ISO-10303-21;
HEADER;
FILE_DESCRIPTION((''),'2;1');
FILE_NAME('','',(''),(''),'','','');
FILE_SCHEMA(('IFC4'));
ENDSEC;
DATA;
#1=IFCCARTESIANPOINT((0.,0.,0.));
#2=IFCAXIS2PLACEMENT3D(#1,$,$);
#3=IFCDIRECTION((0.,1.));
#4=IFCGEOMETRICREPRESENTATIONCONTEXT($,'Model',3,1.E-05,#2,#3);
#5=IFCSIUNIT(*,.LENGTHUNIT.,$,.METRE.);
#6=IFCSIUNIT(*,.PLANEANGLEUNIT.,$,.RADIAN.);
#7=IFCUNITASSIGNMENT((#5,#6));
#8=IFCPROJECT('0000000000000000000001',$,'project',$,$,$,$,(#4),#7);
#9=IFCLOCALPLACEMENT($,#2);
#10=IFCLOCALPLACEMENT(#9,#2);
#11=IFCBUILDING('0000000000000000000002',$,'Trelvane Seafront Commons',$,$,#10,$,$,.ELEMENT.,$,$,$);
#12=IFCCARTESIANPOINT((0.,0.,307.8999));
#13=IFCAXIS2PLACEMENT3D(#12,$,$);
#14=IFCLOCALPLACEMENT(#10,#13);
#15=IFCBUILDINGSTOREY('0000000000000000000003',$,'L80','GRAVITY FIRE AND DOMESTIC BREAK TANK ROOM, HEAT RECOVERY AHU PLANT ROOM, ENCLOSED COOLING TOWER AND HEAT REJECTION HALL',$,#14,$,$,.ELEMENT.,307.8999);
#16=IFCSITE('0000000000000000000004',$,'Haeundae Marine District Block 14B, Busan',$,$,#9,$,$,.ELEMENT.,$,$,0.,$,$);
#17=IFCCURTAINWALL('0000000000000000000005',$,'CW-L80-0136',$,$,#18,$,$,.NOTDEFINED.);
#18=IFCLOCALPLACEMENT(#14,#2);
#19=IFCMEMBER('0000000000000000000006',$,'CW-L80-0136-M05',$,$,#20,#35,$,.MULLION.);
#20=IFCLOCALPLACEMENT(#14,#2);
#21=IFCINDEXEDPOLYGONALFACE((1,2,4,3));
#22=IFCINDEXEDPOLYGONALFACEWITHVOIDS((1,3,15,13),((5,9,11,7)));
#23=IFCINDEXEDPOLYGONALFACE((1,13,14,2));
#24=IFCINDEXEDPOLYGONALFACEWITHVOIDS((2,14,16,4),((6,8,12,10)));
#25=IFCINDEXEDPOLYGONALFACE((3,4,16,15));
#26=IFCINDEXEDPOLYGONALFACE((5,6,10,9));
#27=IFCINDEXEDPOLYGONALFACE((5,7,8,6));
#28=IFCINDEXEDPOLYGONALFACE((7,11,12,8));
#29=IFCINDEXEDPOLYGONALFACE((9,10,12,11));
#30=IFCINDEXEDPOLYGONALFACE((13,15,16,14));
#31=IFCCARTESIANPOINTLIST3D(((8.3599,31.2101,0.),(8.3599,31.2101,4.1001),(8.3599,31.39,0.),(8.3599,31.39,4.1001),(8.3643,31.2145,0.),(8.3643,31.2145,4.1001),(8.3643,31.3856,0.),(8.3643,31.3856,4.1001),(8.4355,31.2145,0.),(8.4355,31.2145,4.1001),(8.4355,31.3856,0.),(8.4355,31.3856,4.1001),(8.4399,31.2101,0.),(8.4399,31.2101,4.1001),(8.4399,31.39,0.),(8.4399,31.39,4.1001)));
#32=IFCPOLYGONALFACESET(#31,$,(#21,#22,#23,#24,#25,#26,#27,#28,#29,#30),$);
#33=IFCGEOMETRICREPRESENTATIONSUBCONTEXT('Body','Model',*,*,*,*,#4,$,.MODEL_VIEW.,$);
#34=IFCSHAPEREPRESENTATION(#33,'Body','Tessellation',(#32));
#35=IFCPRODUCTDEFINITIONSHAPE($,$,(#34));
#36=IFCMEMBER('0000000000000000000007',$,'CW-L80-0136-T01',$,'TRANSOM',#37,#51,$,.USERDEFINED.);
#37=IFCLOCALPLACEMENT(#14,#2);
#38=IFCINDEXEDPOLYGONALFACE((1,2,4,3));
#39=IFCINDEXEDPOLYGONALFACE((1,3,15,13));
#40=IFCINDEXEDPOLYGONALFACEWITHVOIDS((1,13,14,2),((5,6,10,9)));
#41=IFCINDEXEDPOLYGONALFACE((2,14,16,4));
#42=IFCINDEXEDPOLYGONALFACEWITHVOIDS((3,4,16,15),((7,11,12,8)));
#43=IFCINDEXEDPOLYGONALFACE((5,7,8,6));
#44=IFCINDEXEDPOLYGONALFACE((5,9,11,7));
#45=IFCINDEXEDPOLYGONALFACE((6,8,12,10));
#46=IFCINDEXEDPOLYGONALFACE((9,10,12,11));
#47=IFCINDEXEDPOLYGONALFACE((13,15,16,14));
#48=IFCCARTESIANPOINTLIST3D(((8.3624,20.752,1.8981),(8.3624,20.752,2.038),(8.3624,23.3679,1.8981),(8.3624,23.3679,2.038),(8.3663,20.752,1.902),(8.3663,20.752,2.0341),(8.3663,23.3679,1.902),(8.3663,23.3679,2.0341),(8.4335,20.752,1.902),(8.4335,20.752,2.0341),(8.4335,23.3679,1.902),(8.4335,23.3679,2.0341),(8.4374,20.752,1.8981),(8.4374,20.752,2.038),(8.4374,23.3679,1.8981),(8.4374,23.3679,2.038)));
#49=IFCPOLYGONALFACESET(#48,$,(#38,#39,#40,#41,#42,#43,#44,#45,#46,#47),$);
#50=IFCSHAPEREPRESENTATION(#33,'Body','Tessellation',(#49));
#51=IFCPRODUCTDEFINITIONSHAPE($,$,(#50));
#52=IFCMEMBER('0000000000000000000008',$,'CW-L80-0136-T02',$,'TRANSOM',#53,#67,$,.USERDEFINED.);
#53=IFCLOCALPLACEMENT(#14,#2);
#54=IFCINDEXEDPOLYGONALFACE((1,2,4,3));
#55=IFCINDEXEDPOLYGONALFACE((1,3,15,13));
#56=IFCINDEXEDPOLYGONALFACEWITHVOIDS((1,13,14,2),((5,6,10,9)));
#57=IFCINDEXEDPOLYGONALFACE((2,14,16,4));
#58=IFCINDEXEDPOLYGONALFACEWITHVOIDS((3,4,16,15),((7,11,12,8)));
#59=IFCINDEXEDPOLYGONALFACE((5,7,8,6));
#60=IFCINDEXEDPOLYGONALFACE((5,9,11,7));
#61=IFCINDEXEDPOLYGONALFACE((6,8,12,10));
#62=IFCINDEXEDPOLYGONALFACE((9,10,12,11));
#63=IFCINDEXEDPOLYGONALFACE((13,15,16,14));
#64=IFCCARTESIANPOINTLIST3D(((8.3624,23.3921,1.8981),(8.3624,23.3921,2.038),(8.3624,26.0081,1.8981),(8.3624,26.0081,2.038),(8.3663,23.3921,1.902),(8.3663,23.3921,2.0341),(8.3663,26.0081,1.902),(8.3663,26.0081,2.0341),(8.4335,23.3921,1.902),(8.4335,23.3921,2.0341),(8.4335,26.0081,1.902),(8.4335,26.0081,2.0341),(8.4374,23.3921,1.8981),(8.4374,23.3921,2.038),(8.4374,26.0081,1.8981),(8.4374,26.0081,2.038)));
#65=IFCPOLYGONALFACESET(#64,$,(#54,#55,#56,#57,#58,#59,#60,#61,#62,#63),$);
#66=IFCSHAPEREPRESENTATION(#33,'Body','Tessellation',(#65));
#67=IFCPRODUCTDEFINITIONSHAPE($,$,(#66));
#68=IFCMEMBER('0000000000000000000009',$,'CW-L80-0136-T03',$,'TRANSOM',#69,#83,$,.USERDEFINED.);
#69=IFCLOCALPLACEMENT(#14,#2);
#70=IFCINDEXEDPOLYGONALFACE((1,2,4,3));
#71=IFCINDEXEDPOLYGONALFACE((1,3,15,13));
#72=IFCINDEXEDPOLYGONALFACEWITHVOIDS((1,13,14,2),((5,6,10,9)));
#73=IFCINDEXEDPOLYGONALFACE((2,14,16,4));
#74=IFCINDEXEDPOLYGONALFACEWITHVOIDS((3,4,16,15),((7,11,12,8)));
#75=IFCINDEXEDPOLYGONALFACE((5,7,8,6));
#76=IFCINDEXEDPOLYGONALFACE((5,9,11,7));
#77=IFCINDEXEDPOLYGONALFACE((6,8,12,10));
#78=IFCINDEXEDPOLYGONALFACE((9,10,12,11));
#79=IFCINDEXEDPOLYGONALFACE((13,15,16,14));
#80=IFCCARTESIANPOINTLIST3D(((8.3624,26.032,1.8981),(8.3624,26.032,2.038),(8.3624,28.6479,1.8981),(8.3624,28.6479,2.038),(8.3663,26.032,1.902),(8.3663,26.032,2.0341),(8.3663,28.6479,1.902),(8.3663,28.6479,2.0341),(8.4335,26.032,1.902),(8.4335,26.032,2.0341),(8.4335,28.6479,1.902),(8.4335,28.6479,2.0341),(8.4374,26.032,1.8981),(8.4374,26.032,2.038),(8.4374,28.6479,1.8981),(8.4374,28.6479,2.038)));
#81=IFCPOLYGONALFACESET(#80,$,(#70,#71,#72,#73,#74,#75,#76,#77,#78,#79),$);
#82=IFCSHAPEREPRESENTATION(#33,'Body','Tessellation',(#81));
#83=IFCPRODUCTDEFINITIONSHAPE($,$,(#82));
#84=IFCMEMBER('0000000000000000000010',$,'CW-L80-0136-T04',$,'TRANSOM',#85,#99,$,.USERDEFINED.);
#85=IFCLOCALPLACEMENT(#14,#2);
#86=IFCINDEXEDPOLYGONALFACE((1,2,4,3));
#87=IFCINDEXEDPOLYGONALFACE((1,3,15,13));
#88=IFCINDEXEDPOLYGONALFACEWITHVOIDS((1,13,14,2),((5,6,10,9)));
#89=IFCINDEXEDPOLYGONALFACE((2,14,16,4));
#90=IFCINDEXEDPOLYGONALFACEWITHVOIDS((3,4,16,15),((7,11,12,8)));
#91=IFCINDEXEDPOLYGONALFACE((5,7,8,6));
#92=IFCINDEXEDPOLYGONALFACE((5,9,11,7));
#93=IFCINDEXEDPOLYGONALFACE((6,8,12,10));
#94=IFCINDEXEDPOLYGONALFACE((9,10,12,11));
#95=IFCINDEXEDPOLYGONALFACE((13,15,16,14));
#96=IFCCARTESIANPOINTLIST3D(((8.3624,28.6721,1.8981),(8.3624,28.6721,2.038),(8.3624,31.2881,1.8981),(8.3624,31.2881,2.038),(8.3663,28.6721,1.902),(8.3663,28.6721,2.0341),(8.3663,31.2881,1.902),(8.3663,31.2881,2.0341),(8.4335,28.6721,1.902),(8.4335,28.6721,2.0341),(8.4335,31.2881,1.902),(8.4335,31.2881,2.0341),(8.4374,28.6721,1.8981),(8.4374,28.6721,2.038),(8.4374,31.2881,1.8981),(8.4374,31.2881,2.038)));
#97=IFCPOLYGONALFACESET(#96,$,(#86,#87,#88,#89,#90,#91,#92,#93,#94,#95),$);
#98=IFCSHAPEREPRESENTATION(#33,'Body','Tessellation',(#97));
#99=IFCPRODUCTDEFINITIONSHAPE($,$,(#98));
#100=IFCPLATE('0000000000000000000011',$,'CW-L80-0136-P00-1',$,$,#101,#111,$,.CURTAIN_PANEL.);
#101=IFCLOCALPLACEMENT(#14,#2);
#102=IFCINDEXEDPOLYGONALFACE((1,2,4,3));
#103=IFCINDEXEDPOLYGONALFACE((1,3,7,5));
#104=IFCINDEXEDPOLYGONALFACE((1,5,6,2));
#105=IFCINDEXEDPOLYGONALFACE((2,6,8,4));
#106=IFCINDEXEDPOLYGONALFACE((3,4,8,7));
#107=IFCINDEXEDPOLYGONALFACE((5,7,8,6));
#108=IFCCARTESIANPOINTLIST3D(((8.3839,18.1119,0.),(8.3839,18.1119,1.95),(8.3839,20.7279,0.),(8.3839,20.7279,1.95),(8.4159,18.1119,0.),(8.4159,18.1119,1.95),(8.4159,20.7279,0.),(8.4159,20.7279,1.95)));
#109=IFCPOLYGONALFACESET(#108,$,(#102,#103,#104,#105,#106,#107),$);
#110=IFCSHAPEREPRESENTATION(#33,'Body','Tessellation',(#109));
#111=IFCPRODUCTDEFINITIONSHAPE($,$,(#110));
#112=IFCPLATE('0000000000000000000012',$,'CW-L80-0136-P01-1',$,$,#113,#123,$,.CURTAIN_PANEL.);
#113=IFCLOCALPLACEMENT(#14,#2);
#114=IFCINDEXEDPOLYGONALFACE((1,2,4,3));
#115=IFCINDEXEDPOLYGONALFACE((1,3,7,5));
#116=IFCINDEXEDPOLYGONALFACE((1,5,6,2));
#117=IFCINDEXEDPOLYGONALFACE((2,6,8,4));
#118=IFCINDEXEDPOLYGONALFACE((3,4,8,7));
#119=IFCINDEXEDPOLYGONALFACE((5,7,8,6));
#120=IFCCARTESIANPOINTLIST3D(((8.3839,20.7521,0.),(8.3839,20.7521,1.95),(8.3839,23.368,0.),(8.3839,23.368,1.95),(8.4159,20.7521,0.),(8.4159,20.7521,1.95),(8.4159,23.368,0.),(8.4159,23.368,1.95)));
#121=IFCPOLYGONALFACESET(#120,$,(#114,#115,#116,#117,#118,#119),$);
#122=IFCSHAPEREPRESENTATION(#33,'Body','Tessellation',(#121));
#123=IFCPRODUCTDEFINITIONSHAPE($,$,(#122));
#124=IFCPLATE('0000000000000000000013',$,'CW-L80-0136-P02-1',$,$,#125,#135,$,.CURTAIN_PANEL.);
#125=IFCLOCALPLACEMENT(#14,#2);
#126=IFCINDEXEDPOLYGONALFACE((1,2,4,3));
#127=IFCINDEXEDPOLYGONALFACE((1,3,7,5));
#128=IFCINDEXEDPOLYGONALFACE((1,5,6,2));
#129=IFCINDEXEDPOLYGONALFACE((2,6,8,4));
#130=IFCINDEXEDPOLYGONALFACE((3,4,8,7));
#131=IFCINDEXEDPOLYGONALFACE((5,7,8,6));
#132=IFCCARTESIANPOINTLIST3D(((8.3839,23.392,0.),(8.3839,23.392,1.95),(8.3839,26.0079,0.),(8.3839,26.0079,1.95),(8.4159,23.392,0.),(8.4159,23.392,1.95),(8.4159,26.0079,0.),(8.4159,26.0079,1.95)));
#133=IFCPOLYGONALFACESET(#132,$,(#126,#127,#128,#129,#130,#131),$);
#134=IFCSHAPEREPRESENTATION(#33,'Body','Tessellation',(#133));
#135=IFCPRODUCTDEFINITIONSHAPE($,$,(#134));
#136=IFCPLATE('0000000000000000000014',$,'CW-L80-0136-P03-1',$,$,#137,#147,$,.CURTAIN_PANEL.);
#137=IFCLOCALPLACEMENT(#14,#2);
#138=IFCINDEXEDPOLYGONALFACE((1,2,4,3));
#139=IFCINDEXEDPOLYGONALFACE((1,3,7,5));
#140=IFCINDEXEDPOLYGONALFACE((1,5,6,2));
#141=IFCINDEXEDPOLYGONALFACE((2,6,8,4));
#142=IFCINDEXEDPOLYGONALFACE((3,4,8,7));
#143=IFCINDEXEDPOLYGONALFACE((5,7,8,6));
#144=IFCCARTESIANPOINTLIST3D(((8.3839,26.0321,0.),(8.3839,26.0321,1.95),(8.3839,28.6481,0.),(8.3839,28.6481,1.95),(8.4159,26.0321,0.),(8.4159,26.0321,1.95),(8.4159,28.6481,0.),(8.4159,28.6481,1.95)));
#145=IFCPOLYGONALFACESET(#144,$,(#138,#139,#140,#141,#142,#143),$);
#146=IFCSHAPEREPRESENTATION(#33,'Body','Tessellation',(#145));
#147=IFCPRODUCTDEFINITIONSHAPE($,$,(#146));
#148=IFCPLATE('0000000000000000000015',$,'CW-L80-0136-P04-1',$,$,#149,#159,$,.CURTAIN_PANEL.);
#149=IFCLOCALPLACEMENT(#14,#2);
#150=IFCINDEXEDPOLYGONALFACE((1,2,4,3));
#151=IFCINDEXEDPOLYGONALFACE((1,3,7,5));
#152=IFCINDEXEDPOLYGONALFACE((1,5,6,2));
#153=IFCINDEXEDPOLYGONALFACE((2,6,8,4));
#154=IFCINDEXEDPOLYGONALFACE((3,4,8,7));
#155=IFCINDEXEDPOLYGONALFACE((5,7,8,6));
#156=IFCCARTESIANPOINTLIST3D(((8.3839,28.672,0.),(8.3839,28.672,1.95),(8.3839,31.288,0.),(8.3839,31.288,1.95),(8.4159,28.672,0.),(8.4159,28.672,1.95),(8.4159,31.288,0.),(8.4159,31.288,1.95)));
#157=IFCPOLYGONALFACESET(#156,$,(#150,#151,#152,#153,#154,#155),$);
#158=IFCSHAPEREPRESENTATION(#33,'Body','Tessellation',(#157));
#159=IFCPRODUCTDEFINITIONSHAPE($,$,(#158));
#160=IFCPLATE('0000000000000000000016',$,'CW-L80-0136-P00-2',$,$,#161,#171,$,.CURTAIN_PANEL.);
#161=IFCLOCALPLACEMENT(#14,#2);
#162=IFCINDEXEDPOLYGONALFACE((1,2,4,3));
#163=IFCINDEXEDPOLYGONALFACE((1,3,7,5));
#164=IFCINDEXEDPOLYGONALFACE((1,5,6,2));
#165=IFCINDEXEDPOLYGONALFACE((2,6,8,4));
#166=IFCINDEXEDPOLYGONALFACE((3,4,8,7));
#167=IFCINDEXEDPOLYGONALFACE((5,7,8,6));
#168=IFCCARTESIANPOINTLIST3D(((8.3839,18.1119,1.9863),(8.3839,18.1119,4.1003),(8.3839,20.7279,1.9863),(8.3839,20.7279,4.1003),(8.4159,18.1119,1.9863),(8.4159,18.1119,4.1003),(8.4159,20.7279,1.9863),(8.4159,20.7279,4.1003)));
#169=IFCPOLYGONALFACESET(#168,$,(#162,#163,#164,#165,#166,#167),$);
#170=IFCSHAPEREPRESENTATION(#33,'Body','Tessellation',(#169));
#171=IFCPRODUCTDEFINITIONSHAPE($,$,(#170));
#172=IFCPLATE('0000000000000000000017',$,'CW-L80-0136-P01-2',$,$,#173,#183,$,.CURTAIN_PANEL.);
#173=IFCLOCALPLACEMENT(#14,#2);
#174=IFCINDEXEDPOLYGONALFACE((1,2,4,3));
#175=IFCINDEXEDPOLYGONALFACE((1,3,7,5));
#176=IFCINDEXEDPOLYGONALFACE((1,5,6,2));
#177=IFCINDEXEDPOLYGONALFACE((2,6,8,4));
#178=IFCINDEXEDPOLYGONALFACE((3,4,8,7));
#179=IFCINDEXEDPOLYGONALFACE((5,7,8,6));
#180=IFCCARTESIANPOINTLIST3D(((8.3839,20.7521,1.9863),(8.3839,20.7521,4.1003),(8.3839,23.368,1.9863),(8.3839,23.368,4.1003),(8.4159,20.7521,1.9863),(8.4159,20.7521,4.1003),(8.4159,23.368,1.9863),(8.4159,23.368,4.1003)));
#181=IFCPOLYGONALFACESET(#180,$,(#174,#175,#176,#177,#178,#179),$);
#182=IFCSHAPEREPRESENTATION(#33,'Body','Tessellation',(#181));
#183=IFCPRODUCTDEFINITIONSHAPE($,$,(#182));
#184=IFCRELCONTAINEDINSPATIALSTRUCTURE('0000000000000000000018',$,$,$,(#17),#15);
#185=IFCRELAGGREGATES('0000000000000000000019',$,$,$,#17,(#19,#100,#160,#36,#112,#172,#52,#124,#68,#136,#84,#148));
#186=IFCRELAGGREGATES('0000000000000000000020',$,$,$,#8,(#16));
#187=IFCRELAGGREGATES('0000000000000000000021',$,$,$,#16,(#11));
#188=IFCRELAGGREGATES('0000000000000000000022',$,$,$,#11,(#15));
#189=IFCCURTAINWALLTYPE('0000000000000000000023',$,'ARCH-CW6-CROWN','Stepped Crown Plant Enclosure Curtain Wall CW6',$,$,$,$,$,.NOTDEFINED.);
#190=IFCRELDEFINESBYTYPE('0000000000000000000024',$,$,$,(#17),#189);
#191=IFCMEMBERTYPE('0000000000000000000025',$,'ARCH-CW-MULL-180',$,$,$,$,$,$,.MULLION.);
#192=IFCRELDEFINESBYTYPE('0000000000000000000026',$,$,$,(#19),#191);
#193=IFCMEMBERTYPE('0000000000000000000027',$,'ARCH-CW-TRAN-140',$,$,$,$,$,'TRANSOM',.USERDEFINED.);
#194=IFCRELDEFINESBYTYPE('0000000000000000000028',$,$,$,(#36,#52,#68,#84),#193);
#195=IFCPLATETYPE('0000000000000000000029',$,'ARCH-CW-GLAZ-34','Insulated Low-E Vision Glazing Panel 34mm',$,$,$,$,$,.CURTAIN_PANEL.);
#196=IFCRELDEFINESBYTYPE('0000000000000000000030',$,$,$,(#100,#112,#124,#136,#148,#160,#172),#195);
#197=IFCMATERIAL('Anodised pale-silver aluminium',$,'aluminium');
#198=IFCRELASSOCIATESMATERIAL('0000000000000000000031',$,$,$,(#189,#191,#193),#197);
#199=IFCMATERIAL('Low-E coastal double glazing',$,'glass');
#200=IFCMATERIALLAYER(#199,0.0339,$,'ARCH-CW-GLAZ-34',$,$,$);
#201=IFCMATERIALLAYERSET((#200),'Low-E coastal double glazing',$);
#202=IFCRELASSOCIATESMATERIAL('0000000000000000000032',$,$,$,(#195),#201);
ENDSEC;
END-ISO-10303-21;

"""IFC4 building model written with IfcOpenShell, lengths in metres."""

from ifc_helpers import new_model, si_unit, direction, frame, origin, origin_2d, place, context, subcontext, project, spatial, rectangle, hollow_rectangle, extrude, source, transform, mapped, material, layer, layer_set, material_profile, profile_set, type_object, element, aggregate, save


model = new_model("IFC4")

# Units and contexts
model_context = context("Model", 3, precision=1e-05, world=origin(), true_north=direction((0.0, 1.0)))
body_context = subcontext(model_context, "Body", "Model", "MODEL_VIEW")
ifc_project = project(units=[si_unit("LENGTHUNIT", "METRE"), si_unit("PLANEANGLEUNIT", "RADIAN")], contexts=[model_context])

# Site, building, storey
site_placement = place(None, origin())
site = spatial("IfcSite", under=ifc_project, at=site_placement, Name="Haeundae Marine District Block 14B, Busan", CompositionType="ELEMENT", RefElevation=0.0)
building_placement = place(site_placement, origin())
building = spatial("IfcBuilding", under=site, at=building_placement, Name="Trelvane Seafront Commons", CompositionType="ELEMENT")
storey_placement = place(building_placement, frame((0.0, 0.0, 307.8999)))
storey = spatial("IfcBuildingStorey", under=building, at=storey_placement, Name="L80", Description="GRAVITY FIRE AND DOMESTIC BREAK TANK ROOM, HEAT RECOVERY AHU PLANT ROOM, ENCLOSED COOLING TOWER AND HEAT REJECTION HALL", CompositionType="ELEMENT", Elevation=307.8999)

# Curtain wall, members, plates
ifc_material_1 = material(Name="Anodised pale-silver aluminium", Category="aluminium")
curtain_wall_type = type_object("IfcCurtainWallType", Name="ARCH-CW6-CROWN", Description="Stepped Crown Plant Enclosure Curtain Wall CW6", PredefinedType="NOTDEFINED", material=ifc_material_1)
curtain_wall_placement = place(storey_placement, origin())
curtain_wall = element("IfcCurtainWall", 1, at=curtain_wall_placement, inside=storey, type_object=curtain_wall_type, Name="CW-L80-0136", PredefinedType="NOTDEFINED")
ifc_material_profile_1 = material_profile(ifc_material_1, hollow_rectangle(XDim=0.0801, YDim=0.1799, WallThickness=0.0044, at=origin_2d()), Name="MULL-80x180x4.5")
ifc_profile_set_1 = profile_set([ifc_material_profile_1], Name="Anodised pale-silver aluminium")
member_type_1 = type_object("IfcMemberType", Name="ARCH-CW-MULL-180", PredefinedType="MULLION", material=ifc_profile_set_1)
shared_shape_1 = source(origin(), body_context, "Body", "SweptSolid", [
    extrude(hollow_rectangle(XDim=0.0801, YDim=0.1799, WallThickness=0.0044, at=origin_2d()), origin(), (0.0, 0.0, 1.0), 4.1001),
])
member_1_placement = place(storey_placement, frame((8.3999, 31.3, 0.0), z_axis=(0.0, 0.0, 1.0), x_axis=(1.0, 0.0, 0.0)))
member_1 = element("IfcMember", 2, at=member_1_placement, type_object=member_type_1, Name="CW-L80-0136-M05", PredefinedType="MULLION", context=body_context, shape_type="MappedRepresentation", body=[
    mapped(shared_shape_1, transform((0.0, 0.0, 0.0), x_axis=(1.0, 0.0, 0.0), y_axis=(0.0, 1.0, 0.0), z_axis=(0.0, 0.0, 1.0), scale=1.0)),
])
ifc_material_profile_2 = material_profile(ifc_material_1, hollow_rectangle(XDim=0.075, YDim=0.1399, WallThickness=0.0039, at=origin_2d()), Name="TRAN-75x140x4")
ifc_profile_set_2 = profile_set([ifc_material_profile_2], Name="Anodised pale-silver aluminium")
member_type_2 = type_object("IfcMemberType", Name="ARCH-CW-TRAN-140", ElementType="TRANSOM", PredefinedType="USERDEFINED", material=ifc_profile_set_2)
shared_shape_2 = source(origin(), body_context, "Body", "SweptSolid", [
    extrude(hollow_rectangle(XDim=0.075, YDim=0.1399, WallThickness=0.0039, at=origin_2d()), origin(), (0.0, 0.0, 1.0), 2.616),
])
member_2_placement = place(storey_placement, frame((8.3999, 20.752, 1.968), z_axis=(0.0, 1.0, 0.0), x_axis=(-1.0, 0.0, 0.0)))
member_2 = element("IfcMember", 3, at=member_2_placement, type_object=member_type_2, Name="CW-L80-0136-T01", ObjectType="TRANSOM", PredefinedType="USERDEFINED", context=body_context, shape_type="MappedRepresentation", body=[
    mapped(shared_shape_2, transform((0.0, 0.0, 0.0), x_axis=(1.0, 0.0, 0.0), y_axis=(0.0, 1.0, 0.0), z_axis=(0.0, 0.0, 1.0), scale=1.0)),
])
member_3_placement = place(storey_placement, frame((8.3999, 23.3921, 1.968), z_axis=(0.0, 1.0, 0.0), x_axis=(-1.0, 0.0, 0.0)))
member_3 = element("IfcMember", 4, at=member_3_placement, type_object=member_type_2, Name="CW-L80-0136-T02", ObjectType="TRANSOM", PredefinedType="USERDEFINED", context=body_context, shape_type="MappedRepresentation", body=[
    mapped(shared_shape_2, transform((0.0, 0.0, 0.0), x_axis=(1.0, 0.0, 0.0), y_axis=(0.0, 1.0, 0.0), z_axis=(0.0, 0.0, 1.0), scale=1.0)),
])
member_4_placement = place(storey_placement, frame((8.3999, 26.032, 1.968), z_axis=(0.0, 1.0, 0.0), x_axis=(-1.0, 0.0, 0.0)))
member_4 = element("IfcMember", 5, at=member_4_placement, type_object=member_type_2, Name="CW-L80-0136-T03", ObjectType="TRANSOM", PredefinedType="USERDEFINED", context=body_context, shape_type="MappedRepresentation", body=[
    mapped(shared_shape_2, transform((0.0, 0.0, 0.0), x_axis=(1.0, 0.0, 0.0), y_axis=(0.0, 1.0, 0.0), z_axis=(0.0, 0.0, 1.0), scale=1.0)),
])
member_5_placement = place(storey_placement, frame((8.3999, 28.6721, 1.968), z_axis=(0.0, 1.0, 0.0), x_axis=(-1.0, 0.0, 0.0)))
member_5 = element("IfcMember", 6, at=member_5_placement, type_object=member_type_2, Name="CW-L80-0136-T04", ObjectType="TRANSOM", PredefinedType="USERDEFINED", context=body_context, shape_type="MappedRepresentation", body=[
    mapped(shared_shape_2, transform((0.0, 0.0, 0.0), x_axis=(1.0, 0.0, 0.0), y_axis=(0.0, 1.0, 0.0), z_axis=(0.0, 0.0, 1.0), scale=1.0)),
])
ifc_material_2 = material(Name="Low-E coastal double glazing", Category="glass")
ifc_layer_1 = layer(ifc_material_2, 0.0339, Name="ARCH-CW-GLAZ-34")
ifc_layer_set_1 = layer_set([ifc_layer_1], Name="Low-E coastal double glazing")
plate_type_1 = type_object("IfcPlateType", Name="ARCH-CW-GLAZ-34", Description="Insulated Low-E Vision Glazing Panel 34mm", PredefinedType="CURTAIN_PANEL", material=ifc_layer_set_1)
shared_shape_3 = source(origin(), body_context, "Body", "SweptSolid", [
    extrude(rectangle(XDim=2.616, YDim=0.032, at=origin_2d()), origin(), (0.0, 0.0, 1.0), 1.95),
])
plate_1_placement = place(storey_placement, frame((8.3999, 19.4199, 0.0), z_axis=(0.0, 0.0, 1.0), x_axis=(0.0, 1.0, 0.0)))
plate_1 = element("IfcPlate", 7, at=plate_1_placement, type_object=plate_type_1, Name="CW-L80-0136-P00-1", PredefinedType="CURTAIN_PANEL", context=body_context, shape_type="MappedRepresentation", body=[
    mapped(shared_shape_3, transform((0.0, 0.0, 0.0), x_axis=(1.0, 0.0, 0.0), y_axis=(0.0, 1.0, 0.0), z_axis=(0.0, 0.0, 1.0), scale=1.0)),
])
plate_2_placement = place(storey_placement, frame((8.3999, 22.0601, 0.0), z_axis=(0.0, 0.0, 1.0), x_axis=(0.0, 1.0, 0.0)))
plate_2 = element("IfcPlate", 8, at=plate_2_placement, type_object=plate_type_1, Name="CW-L80-0136-P01-1", PredefinedType="CURTAIN_PANEL", context=body_context, shape_type="MappedRepresentation", body=[
    mapped(shared_shape_3, transform((0.0, 0.0, 0.0), x_axis=(1.0, 0.0, 0.0), y_axis=(0.0, 1.0, 0.0), z_axis=(0.0, 0.0, 1.0), scale=1.0)),
])
plate_3_placement = place(storey_placement, frame((8.3999, 24.7, 0.0), z_axis=(0.0, 0.0, 1.0), x_axis=(0.0, 1.0, 0.0)))
plate_3 = element("IfcPlate", 9, at=plate_3_placement, type_object=plate_type_1, Name="CW-L80-0136-P02-1", PredefinedType="CURTAIN_PANEL", context=body_context, shape_type="MappedRepresentation", body=[
    mapped(shared_shape_3, transform((0.0, 0.0, 0.0), x_axis=(1.0, 0.0, 0.0), y_axis=(0.0, 1.0, 0.0), z_axis=(0.0, 0.0, 1.0), scale=1.0)),
])
plate_4_placement = place(storey_placement, frame((8.3999, 27.3401, 0.0), z_axis=(0.0, 0.0, 1.0), x_axis=(0.0, 1.0, 0.0)))
plate_4 = element("IfcPlate", 10, at=plate_4_placement, type_object=plate_type_1, Name="CW-L80-0136-P03-1", PredefinedType="CURTAIN_PANEL", context=body_context, shape_type="MappedRepresentation", body=[
    mapped(shared_shape_3, transform((0.0, 0.0, 0.0), x_axis=(1.0, 0.0, 0.0), y_axis=(0.0, 1.0, 0.0), z_axis=(0.0, 0.0, 1.0), scale=1.0)),
])
plate_5_placement = place(storey_placement, frame((8.3999, 29.98, 0.0), z_axis=(0.0, 0.0, 1.0), x_axis=(0.0, 1.0, 0.0)))
plate_5 = element("IfcPlate", 11, at=plate_5_placement, type_object=plate_type_1, Name="CW-L80-0136-P04-1", PredefinedType="CURTAIN_PANEL", context=body_context, shape_type="MappedRepresentation", body=[
    mapped(shared_shape_3, transform((0.0, 0.0, 0.0), x_axis=(1.0, 0.0, 0.0), y_axis=(0.0, 1.0, 0.0), z_axis=(0.0, 0.0, 1.0), scale=1.0)),
])
shared_shape_4 = source(origin(), body_context, "Body", "SweptSolid", [
    extrude(rectangle(XDim=2.616, YDim=0.032, at=origin_2d()), origin(), (0.0, 0.0, 1.0), 2.114),
])
plate_6_placement = place(storey_placement, frame((8.3999, 19.4199, 1.9863), z_axis=(0.0, 0.0, 1.0), x_axis=(0.0, 1.0, 0.0)))
plate_6 = element("IfcPlate", 12, at=plate_6_placement, type_object=plate_type_1, Name="CW-L80-0136-P00-2", PredefinedType="CURTAIN_PANEL", context=body_context, shape_type="MappedRepresentation", body=[
    mapped(shared_shape_4, transform((0.0, 0.0, 0.0), x_axis=(1.0, 0.0, 0.0), y_axis=(0.0, 1.0, 0.0), z_axis=(0.0, 0.0, 1.0), scale=1.0)),
])
plate_7_placement = place(storey_placement, frame((8.3999, 22.0601, 1.9863), z_axis=(0.0, 0.0, 1.0), x_axis=(0.0, 1.0, 0.0)))
plate_7 = element("IfcPlate", 13, at=plate_7_placement, type_object=plate_type_1, Name="CW-L80-0136-P01-2", PredefinedType="CURTAIN_PANEL", context=body_context, shape_type="MappedRepresentation", body=[
    mapped(shared_shape_4, transform((0.0, 0.0, 0.0), x_axis=(1.0, 0.0, 0.0), y_axis=(0.0, 1.0, 0.0), z_axis=(0.0, 0.0, 1.0), scale=1.0)),
])
aggregate(curtain_wall, [member_1, plate_1, plate_6, member_2, plate_2, plate_7, member_3, plate_3, member_4, plate_4, member_5, plate_5])

save(model, "model.ifc")
